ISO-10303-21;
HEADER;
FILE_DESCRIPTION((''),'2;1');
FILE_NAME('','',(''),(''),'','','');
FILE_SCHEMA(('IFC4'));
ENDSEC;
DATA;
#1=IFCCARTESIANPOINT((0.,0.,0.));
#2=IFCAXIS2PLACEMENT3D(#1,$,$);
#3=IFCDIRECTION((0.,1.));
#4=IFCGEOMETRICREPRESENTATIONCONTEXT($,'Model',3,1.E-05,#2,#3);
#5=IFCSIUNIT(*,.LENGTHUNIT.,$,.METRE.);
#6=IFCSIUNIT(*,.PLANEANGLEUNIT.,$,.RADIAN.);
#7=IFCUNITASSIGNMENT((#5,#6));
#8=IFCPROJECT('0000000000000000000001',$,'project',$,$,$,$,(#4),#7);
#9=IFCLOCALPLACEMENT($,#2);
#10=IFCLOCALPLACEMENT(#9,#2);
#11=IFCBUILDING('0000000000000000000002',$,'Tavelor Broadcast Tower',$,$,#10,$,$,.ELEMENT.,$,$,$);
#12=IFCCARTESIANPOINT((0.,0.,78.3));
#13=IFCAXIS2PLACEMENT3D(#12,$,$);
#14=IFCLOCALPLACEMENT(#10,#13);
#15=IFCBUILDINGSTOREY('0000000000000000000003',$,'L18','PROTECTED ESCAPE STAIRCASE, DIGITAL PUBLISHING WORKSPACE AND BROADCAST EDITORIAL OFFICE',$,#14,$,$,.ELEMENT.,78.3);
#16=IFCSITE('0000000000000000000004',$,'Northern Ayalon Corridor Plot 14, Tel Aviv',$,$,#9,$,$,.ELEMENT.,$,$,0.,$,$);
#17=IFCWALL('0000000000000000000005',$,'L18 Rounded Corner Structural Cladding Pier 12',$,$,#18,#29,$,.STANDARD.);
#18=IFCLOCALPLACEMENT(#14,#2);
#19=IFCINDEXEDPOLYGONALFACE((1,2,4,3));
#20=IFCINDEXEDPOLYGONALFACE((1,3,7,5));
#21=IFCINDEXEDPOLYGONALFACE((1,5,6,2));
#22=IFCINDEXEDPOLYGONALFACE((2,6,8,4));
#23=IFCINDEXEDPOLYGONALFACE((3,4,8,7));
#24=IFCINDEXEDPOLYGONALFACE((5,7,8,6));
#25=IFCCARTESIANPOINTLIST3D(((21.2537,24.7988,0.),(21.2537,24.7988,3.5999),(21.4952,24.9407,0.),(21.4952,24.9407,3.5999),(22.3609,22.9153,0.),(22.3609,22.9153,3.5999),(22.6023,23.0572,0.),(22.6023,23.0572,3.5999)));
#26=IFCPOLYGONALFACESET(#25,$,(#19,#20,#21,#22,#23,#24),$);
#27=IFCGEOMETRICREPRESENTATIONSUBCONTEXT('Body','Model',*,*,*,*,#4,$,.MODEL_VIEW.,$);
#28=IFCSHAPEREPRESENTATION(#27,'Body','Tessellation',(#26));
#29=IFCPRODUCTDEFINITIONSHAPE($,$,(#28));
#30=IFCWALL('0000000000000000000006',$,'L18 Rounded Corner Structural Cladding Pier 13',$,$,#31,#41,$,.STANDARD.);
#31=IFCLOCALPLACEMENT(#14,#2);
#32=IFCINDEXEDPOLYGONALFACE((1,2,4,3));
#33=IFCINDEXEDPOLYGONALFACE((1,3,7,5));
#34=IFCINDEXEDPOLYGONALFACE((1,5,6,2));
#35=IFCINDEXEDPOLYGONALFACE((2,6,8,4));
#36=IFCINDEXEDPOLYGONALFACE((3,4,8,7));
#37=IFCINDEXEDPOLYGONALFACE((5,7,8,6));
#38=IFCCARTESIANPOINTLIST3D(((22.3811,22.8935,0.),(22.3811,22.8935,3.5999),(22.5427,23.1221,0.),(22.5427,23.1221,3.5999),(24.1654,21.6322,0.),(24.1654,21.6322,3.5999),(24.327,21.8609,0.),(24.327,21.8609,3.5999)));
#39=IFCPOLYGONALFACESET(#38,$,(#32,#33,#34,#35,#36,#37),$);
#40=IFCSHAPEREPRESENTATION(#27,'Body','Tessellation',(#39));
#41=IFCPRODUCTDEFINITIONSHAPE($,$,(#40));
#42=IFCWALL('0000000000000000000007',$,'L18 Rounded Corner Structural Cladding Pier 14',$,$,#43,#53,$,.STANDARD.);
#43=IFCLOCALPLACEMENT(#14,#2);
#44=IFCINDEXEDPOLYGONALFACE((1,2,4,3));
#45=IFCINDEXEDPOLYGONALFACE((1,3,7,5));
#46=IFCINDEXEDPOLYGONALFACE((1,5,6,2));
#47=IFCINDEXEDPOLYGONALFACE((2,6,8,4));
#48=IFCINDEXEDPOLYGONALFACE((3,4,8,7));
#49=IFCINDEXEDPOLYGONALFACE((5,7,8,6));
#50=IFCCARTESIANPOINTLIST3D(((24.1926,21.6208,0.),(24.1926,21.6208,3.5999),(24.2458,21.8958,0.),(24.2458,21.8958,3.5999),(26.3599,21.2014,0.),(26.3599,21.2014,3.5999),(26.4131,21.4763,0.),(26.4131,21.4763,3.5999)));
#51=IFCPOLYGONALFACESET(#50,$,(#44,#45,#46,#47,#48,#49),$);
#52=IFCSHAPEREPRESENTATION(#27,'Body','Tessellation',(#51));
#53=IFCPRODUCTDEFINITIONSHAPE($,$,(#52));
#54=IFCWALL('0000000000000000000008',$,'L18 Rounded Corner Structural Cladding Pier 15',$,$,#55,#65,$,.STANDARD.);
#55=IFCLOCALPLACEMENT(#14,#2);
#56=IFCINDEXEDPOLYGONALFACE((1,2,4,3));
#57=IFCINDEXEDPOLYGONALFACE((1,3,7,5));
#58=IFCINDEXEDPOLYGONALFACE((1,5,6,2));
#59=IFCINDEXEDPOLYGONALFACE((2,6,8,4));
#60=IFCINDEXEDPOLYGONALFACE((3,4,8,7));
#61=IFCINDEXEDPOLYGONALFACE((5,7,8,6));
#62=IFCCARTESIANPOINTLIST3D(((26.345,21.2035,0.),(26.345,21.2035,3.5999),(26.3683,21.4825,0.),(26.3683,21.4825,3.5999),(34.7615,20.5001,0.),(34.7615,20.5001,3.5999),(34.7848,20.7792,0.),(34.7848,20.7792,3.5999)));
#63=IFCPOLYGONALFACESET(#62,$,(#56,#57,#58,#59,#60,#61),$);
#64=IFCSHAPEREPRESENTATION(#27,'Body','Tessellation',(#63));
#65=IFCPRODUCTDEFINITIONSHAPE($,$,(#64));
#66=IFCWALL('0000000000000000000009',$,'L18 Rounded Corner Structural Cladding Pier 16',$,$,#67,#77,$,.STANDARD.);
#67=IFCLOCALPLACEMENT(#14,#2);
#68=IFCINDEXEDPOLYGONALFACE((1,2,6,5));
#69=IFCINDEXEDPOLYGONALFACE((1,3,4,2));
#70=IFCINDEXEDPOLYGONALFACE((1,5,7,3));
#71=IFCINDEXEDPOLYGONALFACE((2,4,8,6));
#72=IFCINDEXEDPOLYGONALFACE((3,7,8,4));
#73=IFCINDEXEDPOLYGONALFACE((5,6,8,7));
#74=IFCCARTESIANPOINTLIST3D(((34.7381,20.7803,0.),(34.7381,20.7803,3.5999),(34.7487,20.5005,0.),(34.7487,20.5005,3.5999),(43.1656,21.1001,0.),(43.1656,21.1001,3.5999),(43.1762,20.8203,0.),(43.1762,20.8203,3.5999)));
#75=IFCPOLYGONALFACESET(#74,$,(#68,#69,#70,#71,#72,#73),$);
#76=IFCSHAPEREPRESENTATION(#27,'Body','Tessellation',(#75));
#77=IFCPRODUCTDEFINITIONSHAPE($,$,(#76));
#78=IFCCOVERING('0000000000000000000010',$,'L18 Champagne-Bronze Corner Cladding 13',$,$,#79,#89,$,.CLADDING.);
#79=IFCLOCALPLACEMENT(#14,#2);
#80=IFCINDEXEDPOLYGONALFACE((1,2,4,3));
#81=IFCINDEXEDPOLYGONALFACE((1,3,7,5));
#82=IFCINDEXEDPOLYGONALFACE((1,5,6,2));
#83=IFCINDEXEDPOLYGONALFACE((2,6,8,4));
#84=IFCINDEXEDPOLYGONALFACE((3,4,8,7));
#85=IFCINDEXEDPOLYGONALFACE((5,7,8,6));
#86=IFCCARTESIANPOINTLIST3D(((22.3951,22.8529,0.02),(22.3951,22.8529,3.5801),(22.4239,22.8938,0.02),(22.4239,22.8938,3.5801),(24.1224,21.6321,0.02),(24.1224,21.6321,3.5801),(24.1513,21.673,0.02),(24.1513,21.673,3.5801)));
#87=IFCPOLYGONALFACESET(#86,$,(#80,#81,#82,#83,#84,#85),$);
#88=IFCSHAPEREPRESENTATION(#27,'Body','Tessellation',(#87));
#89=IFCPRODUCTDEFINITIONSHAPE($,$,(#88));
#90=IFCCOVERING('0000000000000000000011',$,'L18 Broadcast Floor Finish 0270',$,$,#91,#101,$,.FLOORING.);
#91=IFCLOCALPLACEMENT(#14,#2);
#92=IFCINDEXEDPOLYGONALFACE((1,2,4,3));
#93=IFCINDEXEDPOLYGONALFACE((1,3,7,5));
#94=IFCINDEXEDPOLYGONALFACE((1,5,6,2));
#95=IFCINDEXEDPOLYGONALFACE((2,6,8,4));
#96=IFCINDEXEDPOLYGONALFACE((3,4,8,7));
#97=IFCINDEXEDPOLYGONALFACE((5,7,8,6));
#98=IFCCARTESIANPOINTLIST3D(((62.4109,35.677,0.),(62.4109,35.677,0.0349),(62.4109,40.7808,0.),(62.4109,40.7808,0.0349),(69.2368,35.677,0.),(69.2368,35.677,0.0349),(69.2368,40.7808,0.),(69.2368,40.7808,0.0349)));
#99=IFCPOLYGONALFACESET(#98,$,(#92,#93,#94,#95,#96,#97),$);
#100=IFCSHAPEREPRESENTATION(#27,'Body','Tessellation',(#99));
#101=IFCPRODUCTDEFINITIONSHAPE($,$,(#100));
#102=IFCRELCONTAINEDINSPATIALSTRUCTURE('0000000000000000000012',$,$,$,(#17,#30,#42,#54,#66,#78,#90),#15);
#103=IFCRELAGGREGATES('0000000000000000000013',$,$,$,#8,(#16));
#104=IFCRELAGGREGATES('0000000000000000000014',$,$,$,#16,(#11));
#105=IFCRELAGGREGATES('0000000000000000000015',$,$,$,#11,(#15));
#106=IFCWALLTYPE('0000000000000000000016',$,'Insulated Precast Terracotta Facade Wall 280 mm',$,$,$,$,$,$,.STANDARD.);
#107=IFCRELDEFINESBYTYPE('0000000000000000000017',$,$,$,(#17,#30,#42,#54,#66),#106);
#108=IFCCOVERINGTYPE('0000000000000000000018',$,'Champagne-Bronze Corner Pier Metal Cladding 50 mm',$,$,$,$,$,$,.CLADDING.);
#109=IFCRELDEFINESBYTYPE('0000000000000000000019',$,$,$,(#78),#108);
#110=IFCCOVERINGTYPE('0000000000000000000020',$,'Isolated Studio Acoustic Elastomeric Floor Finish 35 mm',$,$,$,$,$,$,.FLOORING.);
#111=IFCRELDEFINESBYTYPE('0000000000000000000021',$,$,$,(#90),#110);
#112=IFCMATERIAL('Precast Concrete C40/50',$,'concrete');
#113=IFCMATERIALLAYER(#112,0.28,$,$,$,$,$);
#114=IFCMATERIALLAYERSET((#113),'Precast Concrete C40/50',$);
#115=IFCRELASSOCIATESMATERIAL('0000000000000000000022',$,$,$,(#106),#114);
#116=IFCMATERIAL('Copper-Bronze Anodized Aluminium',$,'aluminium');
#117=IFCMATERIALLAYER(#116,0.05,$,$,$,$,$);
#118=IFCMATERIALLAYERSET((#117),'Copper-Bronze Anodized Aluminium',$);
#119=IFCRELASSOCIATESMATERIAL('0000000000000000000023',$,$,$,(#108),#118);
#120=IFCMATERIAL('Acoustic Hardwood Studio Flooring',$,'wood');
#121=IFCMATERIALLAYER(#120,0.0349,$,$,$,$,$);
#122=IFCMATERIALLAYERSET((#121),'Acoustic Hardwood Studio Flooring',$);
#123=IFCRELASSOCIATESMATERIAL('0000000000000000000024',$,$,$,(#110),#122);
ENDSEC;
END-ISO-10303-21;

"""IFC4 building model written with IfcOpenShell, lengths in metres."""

from ifc_helpers import new_model, si_unit, direction, frame, frame_2d, origin, origin_2d, place, context, subcontext, project, spatial, polyline, rectangle, outline, extrude, material, layer, layer_set, type_object, element, save


model = new_model("IFC4")

# Units and contexts
model_context = context("Model", 3, precision=1e-05, world=origin(), true_north=direction((0.0, 1.0)))
body_context = subcontext(model_context, "Body", "Model", "MODEL_VIEW")
ifc_project = project(units=[si_unit("LENGTHUNIT", "METRE"), si_unit("PLANEANGLEUNIT", "RADIAN")], contexts=[model_context])

# Site, building, storey
site_placement = place(None, origin())
site = spatial("IfcSite", under=ifc_project, at=site_placement, Name="Northern Ayalon Corridor Plot 14, Tel Aviv", CompositionType="ELEMENT", RefElevation=0.0)
building_placement = place(site_placement, origin())
building = spatial("IfcBuilding", under=site, at=building_placement, Name="Tavelor Broadcast Tower", CompositionType="ELEMENT")
storey_placement = place(building_placement, frame((0.0, 0.0, 78.3)))
storey = spatial("IfcBuildingStorey", under=building, at=storey_placement, Name="L18", Description="PROTECTED ESCAPE STAIRCASE, DIGITAL PUBLISHING WORKSPACE AND BROADCAST EDITORIAL OFFICE", CompositionType="ELEMENT", Elevation=78.3)

# Walls
ifc_material_1 = material(Name="Precast Concrete C40/50", Category="concrete")
ifc_layer_1 = layer(ifc_material_1, 0.28)
ifc_layer_set_1 = layer_set([ifc_layer_1], Name="Precast Concrete C40/50")
wall_type = type_object("IfcWallType", Name="Insulated Precast Terracotta Facade Wall 280 mm", PredefinedType="STANDARD", material=ifc_layer_set_1)
wall_1_placement = place(storey_placement, frame((21.3745, 24.8696, 0.0), z_axis=(0.0, 0.0, 1.0), x_axis=(0.506752, -0.862092, 0.0)))
element("IfcWall", 1, at=wall_1_placement, inside=storey, type_object=wall_type, Name="L18 Rounded Corner Structural Cladding Pier 12", PredefinedType="STANDARD", context=body_context, shape_type="SweptSolid", body=[
    extrude(rectangle(XDim=2.1848, YDim=0.28, at=frame_2d((1.0923, 0.0))), origin(), (0.0, 0.0, 1.0), 3.5999),
])
wall_2_placement = place(storey_placement, frame((22.4619, 23.0078, 0.0), z_axis=(0.0, 0.0, 1.0), x_axis=(0.816577, -0.577236, 0.0)))
element("IfcWall", 2, at=wall_2_placement, inside=storey, type_object=wall_type, Name="L18 Rounded Corner Structural Cladding Pier 13", PredefinedType="STANDARD", context=body_context, shape_type="SweptSolid", body=[
    extrude(rectangle(XDim=2.1851, YDim=0.28, at=frame_2d((1.0925, 0.0))), origin(), (0.0, 0.0, 1.0), 3.5999),
])
wall_3_placement = place(storey_placement, frame((24.2192, 21.7583, 0.0), z_axis=(0.0, 0.0, 1.0), x_axis=(0.981783, -0.190008, 0.0)))
element("IfcWall", 3, at=wall_3_placement, inside=storey, type_object=wall_type, Name="L18 Rounded Corner Structural Cladding Pier 14", PredefinedType="STANDARD", context=body_context, shape_type="SweptSolid", body=[
    extrude(rectangle(XDim=2.2075, YDim=0.28, at=frame_2d((1.1038, 0.0))), origin(), (0.0, 0.0, 1.0), 3.5999),
])
wall_4_placement = place(storey_placement, frame((26.3567, 21.343, 0.0), z_axis=(0.0, 0.0, 1.0), x_axis=(0.996526, -0.08328, 0.0)))
element("IfcWall", 4, at=wall_4_placement, inside=storey, type_object=wall_type, Name="L18 Rounded Corner Structural Cladding Pier 15", PredefinedType="STANDARD", context=body_context, shape_type="SweptSolid", body=[
    extrude(rectangle(XDim=8.4458, YDim=0.28, at=frame_2d((4.2229, 0.0))), origin(), (0.0, 0.0, 1.0), 3.5999),
])
wall_5_placement = place(storey_placement, frame((34.7434, 20.6404, 0.0), z_axis=(0.0, 0.0, 1.0), x_axis=(0.999281, 0.037923, 0.0)))
element("IfcWall", 5, at=wall_5_placement, inside=storey, type_object=wall_type, Name="L18 Rounded Corner Structural Cladding Pier 16", PredefinedType="STANDARD", context=body_context, shape_type="SweptSolid", body=[
    extrude(rectangle(XDim=8.4336, YDim=0.28, at=frame_2d((4.2168, 0.0))), origin(), (0.0, 0.0, 1.0), 3.5999),
])

# Coverings
ifc_material_2 = material(Name="Copper-Bronze Anodized Aluminium", Category="aluminium")
ifc_layer_2 = layer(ifc_material_2, 0.05)
ifc_layer_set_2 = layer_set([ifc_layer_2], Name="Copper-Bronze Anodized Aluminium")
covering_type_1 = type_object("IfcCoveringType", Name="Champagne-Bronze Corner Pier Metal Cladding 50 mm", PredefinedType="CLADDING", material=ifc_layer_set_2)
covering_1_placement = place(storey_placement, frame((23.2732, 22.2629, 0.02), z_axis=(0.0, 0.0, 1.0), x_axis=(0.816642, -0.577145, 0.0)))
element("IfcCovering", 6, at=covering_1_placement, inside=storey, type_object=covering_type_1, Name="L18 Champagne-Bronze Corner Cladding 13", PredefinedType="CLADDING", context=body_context, shape_type="SweptSolid", body=[
    extrude(rectangle(XDim=2.1152, YDim=0.05, at=origin_2d()), origin(), (0.0, 0.0, 1.0), 3.5601),
])
ifc_material_3 = material(Name="Acoustic Hardwood Studio Flooring", Category="wood")
ifc_layer_3 = layer(ifc_material_3, 0.0349)
ifc_layer_set_3 = layer_set([ifc_layer_3], Name="Acoustic Hardwood Studio Flooring")
covering_type_2 = type_object("IfcCoveringType", Name="Isolated Studio Acoustic Elastomeric Floor Finish 35 mm", PredefinedType="FLOORING", material=ifc_layer_set_3)
covering_2_placement = place(storey_placement, origin())
element("IfcCovering", 7, at=covering_2_placement, inside=storey, type_object=covering_type_2, Name="L18 Broadcast Floor Finish 0270", PredefinedType="FLOORING", context=body_context, shape_type="SweptSolid", body=[
    extrude(outline(polyline([(62.4109, 35.677), (69.2368, 35.677), (69.2368, 40.7808), (62.4109, 40.7808), (62.4109, 35.677)])), origin(), (0.0, 0.0, 1.0), 0.0349),
])

save(model, "model.ifc")
